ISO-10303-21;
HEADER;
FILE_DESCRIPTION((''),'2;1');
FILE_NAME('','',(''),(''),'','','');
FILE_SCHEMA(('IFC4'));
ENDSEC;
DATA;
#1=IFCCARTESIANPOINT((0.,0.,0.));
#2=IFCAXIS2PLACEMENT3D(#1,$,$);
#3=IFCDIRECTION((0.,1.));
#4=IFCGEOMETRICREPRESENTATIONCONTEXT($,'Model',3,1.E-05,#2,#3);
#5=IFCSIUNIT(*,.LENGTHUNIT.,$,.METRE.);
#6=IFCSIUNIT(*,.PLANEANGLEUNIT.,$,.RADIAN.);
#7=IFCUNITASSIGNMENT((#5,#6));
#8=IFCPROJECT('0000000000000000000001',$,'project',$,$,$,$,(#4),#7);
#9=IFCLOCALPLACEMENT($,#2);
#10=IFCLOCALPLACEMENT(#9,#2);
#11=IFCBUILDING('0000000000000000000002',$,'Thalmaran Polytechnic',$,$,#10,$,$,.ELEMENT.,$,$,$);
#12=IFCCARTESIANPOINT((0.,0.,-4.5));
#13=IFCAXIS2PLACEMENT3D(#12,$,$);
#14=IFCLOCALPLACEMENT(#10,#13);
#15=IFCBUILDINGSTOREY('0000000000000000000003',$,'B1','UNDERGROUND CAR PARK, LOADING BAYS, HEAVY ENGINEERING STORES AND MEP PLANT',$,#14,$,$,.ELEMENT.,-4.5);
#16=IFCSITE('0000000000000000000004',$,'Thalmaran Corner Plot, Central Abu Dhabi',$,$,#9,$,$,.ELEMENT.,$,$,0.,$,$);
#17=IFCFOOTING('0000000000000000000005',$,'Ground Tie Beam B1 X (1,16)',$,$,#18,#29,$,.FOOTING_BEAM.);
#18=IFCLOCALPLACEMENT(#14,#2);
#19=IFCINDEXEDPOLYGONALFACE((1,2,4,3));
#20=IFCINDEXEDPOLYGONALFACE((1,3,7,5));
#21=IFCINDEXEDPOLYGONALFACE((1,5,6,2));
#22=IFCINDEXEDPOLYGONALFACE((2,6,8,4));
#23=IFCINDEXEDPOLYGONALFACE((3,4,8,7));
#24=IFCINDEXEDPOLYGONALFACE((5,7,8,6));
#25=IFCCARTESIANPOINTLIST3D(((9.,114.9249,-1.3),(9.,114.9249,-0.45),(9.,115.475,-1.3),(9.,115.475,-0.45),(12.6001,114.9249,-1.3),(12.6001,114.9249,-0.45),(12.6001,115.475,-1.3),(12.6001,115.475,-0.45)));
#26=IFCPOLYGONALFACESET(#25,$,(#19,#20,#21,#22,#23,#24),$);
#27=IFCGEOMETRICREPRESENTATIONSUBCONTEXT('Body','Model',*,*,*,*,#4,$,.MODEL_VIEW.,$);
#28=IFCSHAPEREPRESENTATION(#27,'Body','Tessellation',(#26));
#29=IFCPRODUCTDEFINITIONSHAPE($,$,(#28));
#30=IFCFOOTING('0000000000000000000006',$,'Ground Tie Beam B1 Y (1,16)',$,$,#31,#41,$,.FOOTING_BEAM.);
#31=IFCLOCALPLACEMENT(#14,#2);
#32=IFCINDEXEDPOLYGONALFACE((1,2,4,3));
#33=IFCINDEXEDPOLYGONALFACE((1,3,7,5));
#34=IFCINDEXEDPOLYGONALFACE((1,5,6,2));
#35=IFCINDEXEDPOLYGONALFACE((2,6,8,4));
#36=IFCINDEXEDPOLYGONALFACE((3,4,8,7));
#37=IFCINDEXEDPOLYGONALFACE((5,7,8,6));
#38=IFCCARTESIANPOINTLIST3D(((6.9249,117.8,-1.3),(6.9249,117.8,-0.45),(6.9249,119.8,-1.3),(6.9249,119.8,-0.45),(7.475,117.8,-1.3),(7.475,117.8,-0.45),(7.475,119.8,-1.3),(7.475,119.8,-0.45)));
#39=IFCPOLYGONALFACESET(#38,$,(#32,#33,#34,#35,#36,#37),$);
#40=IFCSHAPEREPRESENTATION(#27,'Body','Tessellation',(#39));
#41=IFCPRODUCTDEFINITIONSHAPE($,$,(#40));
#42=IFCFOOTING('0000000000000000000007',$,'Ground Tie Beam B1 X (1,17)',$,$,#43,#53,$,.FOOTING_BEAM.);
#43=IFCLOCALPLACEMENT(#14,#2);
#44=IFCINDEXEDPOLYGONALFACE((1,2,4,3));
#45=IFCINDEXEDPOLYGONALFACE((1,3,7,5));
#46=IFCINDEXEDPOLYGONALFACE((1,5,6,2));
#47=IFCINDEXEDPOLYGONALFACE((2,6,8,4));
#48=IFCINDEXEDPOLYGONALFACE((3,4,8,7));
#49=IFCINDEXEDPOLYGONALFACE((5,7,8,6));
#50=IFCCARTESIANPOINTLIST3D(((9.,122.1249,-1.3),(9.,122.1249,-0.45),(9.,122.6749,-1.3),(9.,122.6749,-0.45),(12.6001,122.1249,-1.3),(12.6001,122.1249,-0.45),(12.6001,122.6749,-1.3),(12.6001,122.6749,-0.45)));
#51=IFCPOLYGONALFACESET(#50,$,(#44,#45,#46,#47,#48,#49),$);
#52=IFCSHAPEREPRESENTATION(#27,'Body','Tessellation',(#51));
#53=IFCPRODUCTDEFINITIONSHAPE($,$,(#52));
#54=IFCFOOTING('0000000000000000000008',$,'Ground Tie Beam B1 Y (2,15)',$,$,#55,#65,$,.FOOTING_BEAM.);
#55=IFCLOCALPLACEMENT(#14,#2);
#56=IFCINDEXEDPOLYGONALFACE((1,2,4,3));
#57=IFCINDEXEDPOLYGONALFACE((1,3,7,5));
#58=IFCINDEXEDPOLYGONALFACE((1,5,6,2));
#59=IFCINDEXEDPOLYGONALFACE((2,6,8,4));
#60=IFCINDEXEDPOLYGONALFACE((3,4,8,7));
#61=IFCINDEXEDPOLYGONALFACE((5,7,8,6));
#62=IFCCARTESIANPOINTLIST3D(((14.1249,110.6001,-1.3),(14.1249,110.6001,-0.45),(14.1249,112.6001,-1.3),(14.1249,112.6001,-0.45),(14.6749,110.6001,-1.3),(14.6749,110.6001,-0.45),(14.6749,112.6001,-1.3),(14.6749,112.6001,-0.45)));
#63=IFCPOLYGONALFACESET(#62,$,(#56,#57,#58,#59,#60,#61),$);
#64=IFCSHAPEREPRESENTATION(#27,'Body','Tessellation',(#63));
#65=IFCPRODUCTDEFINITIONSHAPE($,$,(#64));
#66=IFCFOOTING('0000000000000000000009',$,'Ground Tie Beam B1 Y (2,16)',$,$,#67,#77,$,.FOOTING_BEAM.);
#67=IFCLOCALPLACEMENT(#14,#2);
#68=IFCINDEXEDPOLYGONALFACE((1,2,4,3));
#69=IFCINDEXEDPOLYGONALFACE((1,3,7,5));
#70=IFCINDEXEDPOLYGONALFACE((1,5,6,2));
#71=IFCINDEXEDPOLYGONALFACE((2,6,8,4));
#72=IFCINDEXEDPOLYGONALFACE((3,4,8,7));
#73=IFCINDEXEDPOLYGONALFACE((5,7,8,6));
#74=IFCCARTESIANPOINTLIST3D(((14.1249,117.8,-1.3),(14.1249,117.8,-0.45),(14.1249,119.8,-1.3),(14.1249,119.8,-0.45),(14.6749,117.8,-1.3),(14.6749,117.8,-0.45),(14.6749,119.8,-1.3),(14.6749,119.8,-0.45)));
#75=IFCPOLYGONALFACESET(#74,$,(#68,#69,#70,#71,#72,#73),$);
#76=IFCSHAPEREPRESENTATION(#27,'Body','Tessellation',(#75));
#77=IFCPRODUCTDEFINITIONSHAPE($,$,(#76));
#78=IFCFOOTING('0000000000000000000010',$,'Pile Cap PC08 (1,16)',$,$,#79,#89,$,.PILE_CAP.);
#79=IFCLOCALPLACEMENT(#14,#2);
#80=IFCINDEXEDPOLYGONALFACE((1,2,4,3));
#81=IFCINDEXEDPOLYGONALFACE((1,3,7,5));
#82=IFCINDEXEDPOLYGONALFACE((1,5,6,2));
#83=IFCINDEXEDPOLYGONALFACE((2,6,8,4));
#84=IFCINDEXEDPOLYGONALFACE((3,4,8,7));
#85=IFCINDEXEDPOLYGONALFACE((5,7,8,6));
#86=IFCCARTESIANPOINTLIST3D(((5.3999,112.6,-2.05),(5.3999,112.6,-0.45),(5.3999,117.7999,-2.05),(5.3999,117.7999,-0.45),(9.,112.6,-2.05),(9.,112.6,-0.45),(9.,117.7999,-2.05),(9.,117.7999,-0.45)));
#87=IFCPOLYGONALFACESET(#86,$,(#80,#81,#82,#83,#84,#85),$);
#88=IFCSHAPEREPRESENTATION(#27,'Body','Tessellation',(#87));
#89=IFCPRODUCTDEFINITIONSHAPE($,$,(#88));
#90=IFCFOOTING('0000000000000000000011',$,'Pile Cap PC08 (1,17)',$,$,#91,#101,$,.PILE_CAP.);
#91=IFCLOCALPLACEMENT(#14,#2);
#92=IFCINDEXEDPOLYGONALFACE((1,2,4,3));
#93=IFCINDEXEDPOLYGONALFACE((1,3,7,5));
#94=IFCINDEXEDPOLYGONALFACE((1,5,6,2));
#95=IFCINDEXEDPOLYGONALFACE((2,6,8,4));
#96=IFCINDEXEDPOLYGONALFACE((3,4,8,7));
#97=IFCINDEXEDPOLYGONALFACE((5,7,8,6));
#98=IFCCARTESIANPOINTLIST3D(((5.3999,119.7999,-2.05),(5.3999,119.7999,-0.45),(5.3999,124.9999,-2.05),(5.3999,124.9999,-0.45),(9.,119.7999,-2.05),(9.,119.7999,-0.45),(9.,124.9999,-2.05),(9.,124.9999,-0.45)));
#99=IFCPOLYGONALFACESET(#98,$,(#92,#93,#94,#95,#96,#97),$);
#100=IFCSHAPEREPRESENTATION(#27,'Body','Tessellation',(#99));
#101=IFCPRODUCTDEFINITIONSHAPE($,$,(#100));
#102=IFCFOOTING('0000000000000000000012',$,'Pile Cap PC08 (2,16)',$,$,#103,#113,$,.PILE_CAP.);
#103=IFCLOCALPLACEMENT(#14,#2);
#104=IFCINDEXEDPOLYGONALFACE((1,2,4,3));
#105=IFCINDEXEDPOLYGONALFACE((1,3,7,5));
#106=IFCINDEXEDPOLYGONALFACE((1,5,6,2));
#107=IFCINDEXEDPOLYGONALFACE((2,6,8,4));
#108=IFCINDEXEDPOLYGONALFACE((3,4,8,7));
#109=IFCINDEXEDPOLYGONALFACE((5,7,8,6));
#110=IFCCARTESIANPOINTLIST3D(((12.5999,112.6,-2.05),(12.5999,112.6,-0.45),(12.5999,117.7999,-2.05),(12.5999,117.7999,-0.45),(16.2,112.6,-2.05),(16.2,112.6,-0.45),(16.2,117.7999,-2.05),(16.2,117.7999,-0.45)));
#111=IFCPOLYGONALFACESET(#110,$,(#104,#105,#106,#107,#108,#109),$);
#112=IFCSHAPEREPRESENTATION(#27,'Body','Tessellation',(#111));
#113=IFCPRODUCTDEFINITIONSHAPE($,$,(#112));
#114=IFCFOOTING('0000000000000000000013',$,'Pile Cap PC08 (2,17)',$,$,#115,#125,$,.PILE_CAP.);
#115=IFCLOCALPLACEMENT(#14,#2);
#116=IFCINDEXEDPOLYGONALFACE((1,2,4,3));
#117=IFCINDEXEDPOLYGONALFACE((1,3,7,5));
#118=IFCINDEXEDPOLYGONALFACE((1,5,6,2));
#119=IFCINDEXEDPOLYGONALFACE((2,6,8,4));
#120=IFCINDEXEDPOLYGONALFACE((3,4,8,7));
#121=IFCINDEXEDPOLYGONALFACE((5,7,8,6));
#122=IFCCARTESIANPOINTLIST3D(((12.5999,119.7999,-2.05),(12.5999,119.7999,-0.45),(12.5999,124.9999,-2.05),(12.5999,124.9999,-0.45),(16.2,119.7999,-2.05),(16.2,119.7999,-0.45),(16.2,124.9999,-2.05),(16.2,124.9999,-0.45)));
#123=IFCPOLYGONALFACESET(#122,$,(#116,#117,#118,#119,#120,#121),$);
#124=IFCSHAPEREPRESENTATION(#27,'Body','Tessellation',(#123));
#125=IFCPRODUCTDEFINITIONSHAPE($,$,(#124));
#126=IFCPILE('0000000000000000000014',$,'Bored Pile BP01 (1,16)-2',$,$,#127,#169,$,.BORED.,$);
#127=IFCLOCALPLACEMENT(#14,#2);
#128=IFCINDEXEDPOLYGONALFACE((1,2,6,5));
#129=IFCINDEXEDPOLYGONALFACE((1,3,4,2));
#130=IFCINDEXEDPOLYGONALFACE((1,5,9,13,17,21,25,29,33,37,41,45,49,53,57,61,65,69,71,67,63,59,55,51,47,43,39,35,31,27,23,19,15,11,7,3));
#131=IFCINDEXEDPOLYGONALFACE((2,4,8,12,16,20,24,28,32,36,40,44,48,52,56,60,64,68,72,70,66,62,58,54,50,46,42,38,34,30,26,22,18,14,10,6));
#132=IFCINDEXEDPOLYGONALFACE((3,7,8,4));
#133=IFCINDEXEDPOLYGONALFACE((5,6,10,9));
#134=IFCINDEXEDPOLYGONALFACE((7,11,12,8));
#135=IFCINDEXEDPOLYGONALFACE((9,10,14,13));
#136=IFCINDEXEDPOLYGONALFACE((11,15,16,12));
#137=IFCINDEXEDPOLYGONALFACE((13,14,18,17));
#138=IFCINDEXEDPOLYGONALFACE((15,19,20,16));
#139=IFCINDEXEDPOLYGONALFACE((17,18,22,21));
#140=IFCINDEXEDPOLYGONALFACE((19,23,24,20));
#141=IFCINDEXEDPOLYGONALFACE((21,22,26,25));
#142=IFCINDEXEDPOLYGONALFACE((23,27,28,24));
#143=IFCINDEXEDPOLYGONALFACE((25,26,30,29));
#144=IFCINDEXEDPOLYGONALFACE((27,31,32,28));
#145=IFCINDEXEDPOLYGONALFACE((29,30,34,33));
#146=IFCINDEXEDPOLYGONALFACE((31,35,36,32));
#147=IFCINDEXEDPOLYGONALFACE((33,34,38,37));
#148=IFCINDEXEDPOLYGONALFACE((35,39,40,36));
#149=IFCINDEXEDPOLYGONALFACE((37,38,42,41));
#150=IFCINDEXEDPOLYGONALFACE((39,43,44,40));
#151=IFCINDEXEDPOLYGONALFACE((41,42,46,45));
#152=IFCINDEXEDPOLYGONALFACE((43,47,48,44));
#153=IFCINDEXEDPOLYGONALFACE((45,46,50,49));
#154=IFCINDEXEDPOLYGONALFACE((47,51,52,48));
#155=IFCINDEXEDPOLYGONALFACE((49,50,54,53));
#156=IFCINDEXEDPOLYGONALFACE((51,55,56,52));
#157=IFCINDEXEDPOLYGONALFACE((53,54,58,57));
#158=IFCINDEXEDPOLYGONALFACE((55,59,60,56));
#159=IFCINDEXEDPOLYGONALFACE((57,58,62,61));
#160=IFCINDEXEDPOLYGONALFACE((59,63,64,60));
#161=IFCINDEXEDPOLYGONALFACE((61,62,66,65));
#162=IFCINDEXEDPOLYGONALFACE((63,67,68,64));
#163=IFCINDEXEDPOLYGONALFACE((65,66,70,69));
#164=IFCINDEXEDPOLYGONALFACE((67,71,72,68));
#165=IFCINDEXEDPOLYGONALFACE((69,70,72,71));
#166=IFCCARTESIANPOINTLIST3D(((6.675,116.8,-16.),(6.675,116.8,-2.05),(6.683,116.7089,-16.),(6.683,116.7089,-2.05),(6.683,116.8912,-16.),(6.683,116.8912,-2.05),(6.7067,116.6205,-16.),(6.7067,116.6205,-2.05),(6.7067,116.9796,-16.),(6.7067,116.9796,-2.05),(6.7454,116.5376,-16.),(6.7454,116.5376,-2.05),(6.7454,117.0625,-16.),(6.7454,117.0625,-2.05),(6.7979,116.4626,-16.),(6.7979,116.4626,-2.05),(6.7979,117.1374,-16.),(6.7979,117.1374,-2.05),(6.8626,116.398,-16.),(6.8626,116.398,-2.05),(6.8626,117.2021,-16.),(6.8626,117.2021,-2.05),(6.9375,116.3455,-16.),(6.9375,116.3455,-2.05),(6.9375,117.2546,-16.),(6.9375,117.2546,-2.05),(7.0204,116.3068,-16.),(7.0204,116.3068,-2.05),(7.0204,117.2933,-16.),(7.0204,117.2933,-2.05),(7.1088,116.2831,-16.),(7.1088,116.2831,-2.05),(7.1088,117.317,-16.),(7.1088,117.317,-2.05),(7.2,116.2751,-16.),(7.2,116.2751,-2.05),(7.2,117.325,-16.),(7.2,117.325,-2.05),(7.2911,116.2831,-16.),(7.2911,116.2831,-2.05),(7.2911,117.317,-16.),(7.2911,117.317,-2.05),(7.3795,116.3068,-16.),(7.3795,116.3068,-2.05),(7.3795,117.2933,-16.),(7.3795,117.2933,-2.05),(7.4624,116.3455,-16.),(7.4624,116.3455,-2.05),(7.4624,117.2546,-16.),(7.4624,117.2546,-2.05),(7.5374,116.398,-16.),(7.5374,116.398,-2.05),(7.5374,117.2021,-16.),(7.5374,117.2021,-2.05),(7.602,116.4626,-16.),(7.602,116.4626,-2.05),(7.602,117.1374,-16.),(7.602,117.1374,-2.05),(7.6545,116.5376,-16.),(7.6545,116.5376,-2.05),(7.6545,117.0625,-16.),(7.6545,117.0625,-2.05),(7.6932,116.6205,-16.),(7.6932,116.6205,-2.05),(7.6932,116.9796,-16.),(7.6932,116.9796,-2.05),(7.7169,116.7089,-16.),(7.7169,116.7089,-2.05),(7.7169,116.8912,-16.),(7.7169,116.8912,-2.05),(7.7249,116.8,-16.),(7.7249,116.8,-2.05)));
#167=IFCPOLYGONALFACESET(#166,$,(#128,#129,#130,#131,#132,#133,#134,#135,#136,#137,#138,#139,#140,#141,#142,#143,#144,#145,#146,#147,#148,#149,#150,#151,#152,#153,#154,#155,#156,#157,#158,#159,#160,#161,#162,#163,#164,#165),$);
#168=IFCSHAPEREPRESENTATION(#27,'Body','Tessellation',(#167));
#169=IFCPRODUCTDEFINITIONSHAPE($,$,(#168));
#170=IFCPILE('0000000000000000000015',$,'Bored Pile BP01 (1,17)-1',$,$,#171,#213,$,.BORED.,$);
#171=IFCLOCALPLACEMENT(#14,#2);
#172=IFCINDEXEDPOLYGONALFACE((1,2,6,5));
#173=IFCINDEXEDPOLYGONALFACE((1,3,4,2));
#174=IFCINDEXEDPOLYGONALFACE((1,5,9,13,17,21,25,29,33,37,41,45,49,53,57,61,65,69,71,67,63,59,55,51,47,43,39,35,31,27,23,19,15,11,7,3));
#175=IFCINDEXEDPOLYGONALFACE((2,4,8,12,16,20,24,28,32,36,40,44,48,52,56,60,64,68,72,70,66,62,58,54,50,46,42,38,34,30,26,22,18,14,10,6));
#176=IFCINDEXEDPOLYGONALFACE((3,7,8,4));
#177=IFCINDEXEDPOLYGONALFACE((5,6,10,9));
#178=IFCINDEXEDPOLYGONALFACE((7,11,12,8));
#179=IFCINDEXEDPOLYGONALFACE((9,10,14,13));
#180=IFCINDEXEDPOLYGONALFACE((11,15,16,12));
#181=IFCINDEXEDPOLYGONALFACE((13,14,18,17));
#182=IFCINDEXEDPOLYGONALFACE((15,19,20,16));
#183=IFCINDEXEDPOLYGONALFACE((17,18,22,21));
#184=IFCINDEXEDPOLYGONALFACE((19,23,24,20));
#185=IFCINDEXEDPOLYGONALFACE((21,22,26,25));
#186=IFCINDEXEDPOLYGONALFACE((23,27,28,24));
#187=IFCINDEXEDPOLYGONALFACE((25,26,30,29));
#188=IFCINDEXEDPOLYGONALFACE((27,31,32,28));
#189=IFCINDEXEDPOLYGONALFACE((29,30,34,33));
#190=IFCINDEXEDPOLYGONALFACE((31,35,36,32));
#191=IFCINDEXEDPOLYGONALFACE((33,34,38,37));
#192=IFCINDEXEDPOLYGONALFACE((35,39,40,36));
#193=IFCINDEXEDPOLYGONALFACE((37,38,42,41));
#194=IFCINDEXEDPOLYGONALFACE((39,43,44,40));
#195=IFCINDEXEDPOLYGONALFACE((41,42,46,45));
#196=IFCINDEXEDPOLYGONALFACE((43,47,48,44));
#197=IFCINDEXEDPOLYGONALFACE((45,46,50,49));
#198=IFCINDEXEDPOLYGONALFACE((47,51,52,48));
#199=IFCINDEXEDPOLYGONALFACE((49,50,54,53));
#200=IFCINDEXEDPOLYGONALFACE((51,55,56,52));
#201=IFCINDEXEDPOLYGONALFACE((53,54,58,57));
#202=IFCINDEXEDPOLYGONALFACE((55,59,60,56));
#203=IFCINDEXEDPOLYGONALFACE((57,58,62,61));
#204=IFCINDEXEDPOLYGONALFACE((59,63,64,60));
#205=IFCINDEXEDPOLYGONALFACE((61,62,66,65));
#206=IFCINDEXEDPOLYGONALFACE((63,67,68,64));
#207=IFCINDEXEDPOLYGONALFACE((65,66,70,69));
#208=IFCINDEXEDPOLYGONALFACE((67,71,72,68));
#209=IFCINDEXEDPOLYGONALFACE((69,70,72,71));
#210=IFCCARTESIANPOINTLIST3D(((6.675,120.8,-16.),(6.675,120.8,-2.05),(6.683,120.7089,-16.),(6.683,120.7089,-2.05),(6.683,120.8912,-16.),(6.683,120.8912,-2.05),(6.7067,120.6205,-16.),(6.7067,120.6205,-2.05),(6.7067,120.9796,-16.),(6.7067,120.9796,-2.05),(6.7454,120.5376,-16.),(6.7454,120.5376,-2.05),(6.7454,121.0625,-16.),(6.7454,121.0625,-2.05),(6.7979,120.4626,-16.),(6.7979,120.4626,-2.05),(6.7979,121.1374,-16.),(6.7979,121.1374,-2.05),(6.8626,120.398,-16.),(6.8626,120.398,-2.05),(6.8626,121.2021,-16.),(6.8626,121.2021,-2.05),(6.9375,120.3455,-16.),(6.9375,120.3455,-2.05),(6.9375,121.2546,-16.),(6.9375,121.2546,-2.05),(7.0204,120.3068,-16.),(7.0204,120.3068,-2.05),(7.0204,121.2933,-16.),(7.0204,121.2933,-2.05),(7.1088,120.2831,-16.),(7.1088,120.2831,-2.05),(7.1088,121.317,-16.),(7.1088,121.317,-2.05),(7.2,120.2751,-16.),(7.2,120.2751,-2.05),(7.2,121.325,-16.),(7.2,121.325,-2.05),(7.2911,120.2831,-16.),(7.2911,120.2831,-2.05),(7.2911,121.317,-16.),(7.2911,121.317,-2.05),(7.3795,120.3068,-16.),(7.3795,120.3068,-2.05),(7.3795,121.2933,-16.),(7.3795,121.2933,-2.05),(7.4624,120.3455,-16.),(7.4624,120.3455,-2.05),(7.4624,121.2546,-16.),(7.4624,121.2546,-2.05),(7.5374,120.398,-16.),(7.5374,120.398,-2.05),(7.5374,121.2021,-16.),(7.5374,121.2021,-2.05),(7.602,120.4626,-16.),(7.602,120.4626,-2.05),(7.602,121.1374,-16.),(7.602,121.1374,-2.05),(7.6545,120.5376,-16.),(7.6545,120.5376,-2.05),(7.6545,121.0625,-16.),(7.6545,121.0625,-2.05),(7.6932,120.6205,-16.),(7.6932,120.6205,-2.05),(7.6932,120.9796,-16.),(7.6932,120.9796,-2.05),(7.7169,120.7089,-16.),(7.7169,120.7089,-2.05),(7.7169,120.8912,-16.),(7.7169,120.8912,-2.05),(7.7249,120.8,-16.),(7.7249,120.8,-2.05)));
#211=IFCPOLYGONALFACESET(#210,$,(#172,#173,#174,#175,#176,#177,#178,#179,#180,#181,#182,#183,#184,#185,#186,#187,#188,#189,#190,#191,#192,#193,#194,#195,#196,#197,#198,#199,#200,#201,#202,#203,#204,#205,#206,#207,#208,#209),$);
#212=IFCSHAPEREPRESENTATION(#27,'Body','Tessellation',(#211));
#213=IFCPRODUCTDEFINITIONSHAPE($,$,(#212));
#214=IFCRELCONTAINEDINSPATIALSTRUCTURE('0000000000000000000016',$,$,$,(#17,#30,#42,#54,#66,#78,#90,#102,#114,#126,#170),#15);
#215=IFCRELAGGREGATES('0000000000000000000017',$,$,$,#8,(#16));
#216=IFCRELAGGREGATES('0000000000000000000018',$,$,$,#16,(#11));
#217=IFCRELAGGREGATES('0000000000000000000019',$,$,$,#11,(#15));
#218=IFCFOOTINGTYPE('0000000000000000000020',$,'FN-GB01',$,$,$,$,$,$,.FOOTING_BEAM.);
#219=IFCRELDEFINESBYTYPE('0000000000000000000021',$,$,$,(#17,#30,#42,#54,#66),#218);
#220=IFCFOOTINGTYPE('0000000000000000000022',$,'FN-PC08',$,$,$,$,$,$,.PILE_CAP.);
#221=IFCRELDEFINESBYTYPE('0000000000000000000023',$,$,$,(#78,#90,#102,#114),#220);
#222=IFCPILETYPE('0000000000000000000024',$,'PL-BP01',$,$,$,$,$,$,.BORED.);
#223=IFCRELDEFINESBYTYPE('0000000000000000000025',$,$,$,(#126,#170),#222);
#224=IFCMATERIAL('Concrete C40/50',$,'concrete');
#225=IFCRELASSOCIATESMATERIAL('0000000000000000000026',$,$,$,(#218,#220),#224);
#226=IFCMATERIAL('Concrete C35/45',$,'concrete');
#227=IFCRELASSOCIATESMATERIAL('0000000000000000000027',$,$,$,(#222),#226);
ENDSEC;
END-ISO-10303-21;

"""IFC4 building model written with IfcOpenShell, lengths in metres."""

from ifc_helpers import new_model, si_unit, direction, frame, origin, origin_2d, place, context, subcontext, project, spatial, rectangle, circle, extrude, material, material_profile, profile_set, type_object, element, save


model = new_model("IFC4")

# Units and contexts
model_context = context("Model", 3, precision=1e-05, world=origin(), true_north=direction((0.0, 1.0)))
body_context = subcontext(model_context, "Body", "Model", "MODEL_VIEW")
ifc_project = project(units=[si_unit("LENGTHUNIT", "METRE"), si_unit("PLANEANGLEUNIT", "RADIAN")], contexts=[model_context])

# Site, building, storey
site_placement = place(None, origin())
site = spatial("IfcSite", under=ifc_project, at=site_placement, Name="Thalmaran Corner Plot, Central Abu Dhabi", CompositionType="ELEMENT", RefElevation=0.0)
building_placement = place(site_placement, origin())
building = spatial("IfcBuilding", under=site, at=building_placement, Name="Thalmaran Polytechnic", CompositionType="ELEMENT")
storey_placement = place(building_placement, frame((0.0, 0.0, -4.5)))
storey = spatial("IfcBuildingStorey", under=building, at=storey_placement, Name="B1", Description="UNDERGROUND CAR PARK, LOADING BAYS, HEAVY ENGINEERING STORES AND MEP PLANT", CompositionType="ELEMENT", Elevation=-4.5)

# Footings
ifc_material_1 = material(Name="Concrete C40/50", Category="concrete")
ifc_material_profile_1 = material_profile(ifc_material_1, rectangle(XDim=0.55, YDim=0.8501, at=origin_2d()), Name="RC 550x850")
ifc_profile_set_1 = profile_set([ifc_material_profile_1], Name="Concrete C40/50")
footing_type_1 = type_object("IfcFootingType", Name="FN-GB01", PredefinedType="FOOTING_BEAM", material=ifc_profile_set_1)
footing_1_placement = place(storey_placement, frame((9.0, 115.2, -0.875), z_axis=(1.0, 0.0, 0.0), x_axis=(0.0, 1.0, 0.0)))
element("IfcFooting", 1, at=footing_1_placement, inside=storey, type_object=footing_type_1, Name="Ground Tie Beam B1 X (1,16)", PredefinedType="FOOTING_BEAM", context=body_context, shape_type="SweptSolid", body=[
    extrude(rectangle(XDim=0.55, YDim=0.8501, at=origin_2d()), origin(), (0.0, 0.0, 1.0), 3.6001),
])
footing_2_placement = place(storey_placement, frame((7.2, 117.8, -0.875), z_axis=(0.0, 1.0, 0.0), x_axis=(-1.0, 0.0, 0.0)))
element("IfcFooting", 2, at=footing_2_placement, inside=storey, type_object=footing_type_1, Name="Ground Tie Beam B1 Y (1,16)", PredefinedType="FOOTING_BEAM", context=body_context, shape_type="SweptSolid", body=[
    extrude(rectangle(XDim=0.55, YDim=0.8501, at=origin_2d()), origin(), (0.0, 0.0, 1.0), 2.0),
])
footing_3_placement = place(storey_placement, frame((9.0, 122.3999, -0.875), z_axis=(1.0, 0.0, 0.0), x_axis=(0.0, 1.0, 0.0)))
element("IfcFooting", 3, at=footing_3_placement, inside=storey, type_object=footing_type_1, Name="Ground Tie Beam B1 X (1,17)", PredefinedType="FOOTING_BEAM", context=body_context, shape_type="SweptSolid", body=[
    extrude(rectangle(XDim=0.55, YDim=0.8501, at=origin_2d()), origin(), (0.0, 0.0, 1.0), 3.6001),
])
for number, where, z_axis, x_axis, name in (
    (4, (14.3999, 110.6001, -0.875), (0.0, 1.0, 0.0), (-1.0, 0.0, 0.0), "Ground Tie Beam B1 Y (2,15)"),
    (5, (14.3999, 117.8, -0.875), (0.0, 1.0, 0.0), (-1.0, 0.0, 0.0), "Ground Tie Beam B1 Y (2,16)"),
):
    element("IfcFooting", number, at=place(storey_placement, frame(where, z_axis=z_axis, x_axis=x_axis)), inside=storey, type_object=footing_type_1, Name=name, PredefinedType="FOOTING_BEAM", context=body_context, shape_type="SweptSolid", body=[
        extrude(rectangle(XDim=0.55, YDim=0.8501, at=origin_2d()), origin(), (0.0, 0.0, 1.0), 2.0),
    ])
footing_type_2 = type_object("IfcFootingType", Name="FN-PC08", PredefinedType="PILE_CAP", material=ifc_material_1)
for number, where, z_axis, x_axis, name in (
    (6, (7.2, 115.2, -2.05), (0.0, 0.0, 1.0), (1.0, 0.0, 0.0), "Pile Cap PC08 (1,16)"),
    (7, (7.2, 122.3999, -2.05), (0.0, 0.0, 1.0), (1.0, 0.0, 0.0), "Pile Cap PC08 (1,17)"),
    (8, (14.3999, 115.2, -2.05), (0.0, 0.0, 1.0), (1.0, 0.0, 0.0), "Pile Cap PC08 (2,16)"),
    (9, (14.3999, 122.3999, -2.05), (0.0, 0.0, 1.0), (1.0, 0.0, 0.0), "Pile Cap PC08 (2,17)"),
):
    element("IfcFooting", number, at=place(storey_placement, frame(where, z_axis=z_axis, x_axis=x_axis)), inside=storey, type_object=footing_type_2, Name=name, PredefinedType="PILE_CAP", context=body_context, shape_type="SweptSolid", body=[
        extrude(rectangle(XDim=3.6001, YDim=5.2, at=origin_2d()), origin(), (0.0, 0.0, 1.0), 1.6001),
    ])

# Piles
ifc_material_2 = material(Name="Concrete C35/45", Category="concrete")
ifc_material_profile_2 = material_profile(ifc_material_2, circle(Radius=0.5249, at=origin_2d()), Name="RC 1050 DIA")
ifc_profile_set_2 = profile_set([ifc_material_profile_2], Name="Concrete C35/45")
pile_type = type_object("IfcPileType", Name="PL-BP01", PredefinedType="BORED", material=ifc_profile_set_2)
for number, where, z_axis, x_axis, name in (
    (10, (7.2, 116.8, -2.05), (0.0, 0.0, -1.0), (1.0, 0.0, 0.0), "Bored Pile BP01 (1,16)-2"),
    (11, (7.2, 120.8, -2.05), (0.0, 0.0, -1.0), (1.0, 0.0, 0.0), "Bored Pile BP01 (1,17)-1"),
):
    element("IfcPile", number, at=place(storey_placement, frame(where, z_axis=z_axis, x_axis=x_axis)), inside=storey, type_object=pile_type, Name=name, PredefinedType="BORED", context=body_context, shape_type="SweptSolid", body=[
        extrude(circle(Radius=0.5249, at=origin_2d()), origin(), (0.0, 0.0, 1.0), 13.95),
    ])

save(model, "model.ifc")
